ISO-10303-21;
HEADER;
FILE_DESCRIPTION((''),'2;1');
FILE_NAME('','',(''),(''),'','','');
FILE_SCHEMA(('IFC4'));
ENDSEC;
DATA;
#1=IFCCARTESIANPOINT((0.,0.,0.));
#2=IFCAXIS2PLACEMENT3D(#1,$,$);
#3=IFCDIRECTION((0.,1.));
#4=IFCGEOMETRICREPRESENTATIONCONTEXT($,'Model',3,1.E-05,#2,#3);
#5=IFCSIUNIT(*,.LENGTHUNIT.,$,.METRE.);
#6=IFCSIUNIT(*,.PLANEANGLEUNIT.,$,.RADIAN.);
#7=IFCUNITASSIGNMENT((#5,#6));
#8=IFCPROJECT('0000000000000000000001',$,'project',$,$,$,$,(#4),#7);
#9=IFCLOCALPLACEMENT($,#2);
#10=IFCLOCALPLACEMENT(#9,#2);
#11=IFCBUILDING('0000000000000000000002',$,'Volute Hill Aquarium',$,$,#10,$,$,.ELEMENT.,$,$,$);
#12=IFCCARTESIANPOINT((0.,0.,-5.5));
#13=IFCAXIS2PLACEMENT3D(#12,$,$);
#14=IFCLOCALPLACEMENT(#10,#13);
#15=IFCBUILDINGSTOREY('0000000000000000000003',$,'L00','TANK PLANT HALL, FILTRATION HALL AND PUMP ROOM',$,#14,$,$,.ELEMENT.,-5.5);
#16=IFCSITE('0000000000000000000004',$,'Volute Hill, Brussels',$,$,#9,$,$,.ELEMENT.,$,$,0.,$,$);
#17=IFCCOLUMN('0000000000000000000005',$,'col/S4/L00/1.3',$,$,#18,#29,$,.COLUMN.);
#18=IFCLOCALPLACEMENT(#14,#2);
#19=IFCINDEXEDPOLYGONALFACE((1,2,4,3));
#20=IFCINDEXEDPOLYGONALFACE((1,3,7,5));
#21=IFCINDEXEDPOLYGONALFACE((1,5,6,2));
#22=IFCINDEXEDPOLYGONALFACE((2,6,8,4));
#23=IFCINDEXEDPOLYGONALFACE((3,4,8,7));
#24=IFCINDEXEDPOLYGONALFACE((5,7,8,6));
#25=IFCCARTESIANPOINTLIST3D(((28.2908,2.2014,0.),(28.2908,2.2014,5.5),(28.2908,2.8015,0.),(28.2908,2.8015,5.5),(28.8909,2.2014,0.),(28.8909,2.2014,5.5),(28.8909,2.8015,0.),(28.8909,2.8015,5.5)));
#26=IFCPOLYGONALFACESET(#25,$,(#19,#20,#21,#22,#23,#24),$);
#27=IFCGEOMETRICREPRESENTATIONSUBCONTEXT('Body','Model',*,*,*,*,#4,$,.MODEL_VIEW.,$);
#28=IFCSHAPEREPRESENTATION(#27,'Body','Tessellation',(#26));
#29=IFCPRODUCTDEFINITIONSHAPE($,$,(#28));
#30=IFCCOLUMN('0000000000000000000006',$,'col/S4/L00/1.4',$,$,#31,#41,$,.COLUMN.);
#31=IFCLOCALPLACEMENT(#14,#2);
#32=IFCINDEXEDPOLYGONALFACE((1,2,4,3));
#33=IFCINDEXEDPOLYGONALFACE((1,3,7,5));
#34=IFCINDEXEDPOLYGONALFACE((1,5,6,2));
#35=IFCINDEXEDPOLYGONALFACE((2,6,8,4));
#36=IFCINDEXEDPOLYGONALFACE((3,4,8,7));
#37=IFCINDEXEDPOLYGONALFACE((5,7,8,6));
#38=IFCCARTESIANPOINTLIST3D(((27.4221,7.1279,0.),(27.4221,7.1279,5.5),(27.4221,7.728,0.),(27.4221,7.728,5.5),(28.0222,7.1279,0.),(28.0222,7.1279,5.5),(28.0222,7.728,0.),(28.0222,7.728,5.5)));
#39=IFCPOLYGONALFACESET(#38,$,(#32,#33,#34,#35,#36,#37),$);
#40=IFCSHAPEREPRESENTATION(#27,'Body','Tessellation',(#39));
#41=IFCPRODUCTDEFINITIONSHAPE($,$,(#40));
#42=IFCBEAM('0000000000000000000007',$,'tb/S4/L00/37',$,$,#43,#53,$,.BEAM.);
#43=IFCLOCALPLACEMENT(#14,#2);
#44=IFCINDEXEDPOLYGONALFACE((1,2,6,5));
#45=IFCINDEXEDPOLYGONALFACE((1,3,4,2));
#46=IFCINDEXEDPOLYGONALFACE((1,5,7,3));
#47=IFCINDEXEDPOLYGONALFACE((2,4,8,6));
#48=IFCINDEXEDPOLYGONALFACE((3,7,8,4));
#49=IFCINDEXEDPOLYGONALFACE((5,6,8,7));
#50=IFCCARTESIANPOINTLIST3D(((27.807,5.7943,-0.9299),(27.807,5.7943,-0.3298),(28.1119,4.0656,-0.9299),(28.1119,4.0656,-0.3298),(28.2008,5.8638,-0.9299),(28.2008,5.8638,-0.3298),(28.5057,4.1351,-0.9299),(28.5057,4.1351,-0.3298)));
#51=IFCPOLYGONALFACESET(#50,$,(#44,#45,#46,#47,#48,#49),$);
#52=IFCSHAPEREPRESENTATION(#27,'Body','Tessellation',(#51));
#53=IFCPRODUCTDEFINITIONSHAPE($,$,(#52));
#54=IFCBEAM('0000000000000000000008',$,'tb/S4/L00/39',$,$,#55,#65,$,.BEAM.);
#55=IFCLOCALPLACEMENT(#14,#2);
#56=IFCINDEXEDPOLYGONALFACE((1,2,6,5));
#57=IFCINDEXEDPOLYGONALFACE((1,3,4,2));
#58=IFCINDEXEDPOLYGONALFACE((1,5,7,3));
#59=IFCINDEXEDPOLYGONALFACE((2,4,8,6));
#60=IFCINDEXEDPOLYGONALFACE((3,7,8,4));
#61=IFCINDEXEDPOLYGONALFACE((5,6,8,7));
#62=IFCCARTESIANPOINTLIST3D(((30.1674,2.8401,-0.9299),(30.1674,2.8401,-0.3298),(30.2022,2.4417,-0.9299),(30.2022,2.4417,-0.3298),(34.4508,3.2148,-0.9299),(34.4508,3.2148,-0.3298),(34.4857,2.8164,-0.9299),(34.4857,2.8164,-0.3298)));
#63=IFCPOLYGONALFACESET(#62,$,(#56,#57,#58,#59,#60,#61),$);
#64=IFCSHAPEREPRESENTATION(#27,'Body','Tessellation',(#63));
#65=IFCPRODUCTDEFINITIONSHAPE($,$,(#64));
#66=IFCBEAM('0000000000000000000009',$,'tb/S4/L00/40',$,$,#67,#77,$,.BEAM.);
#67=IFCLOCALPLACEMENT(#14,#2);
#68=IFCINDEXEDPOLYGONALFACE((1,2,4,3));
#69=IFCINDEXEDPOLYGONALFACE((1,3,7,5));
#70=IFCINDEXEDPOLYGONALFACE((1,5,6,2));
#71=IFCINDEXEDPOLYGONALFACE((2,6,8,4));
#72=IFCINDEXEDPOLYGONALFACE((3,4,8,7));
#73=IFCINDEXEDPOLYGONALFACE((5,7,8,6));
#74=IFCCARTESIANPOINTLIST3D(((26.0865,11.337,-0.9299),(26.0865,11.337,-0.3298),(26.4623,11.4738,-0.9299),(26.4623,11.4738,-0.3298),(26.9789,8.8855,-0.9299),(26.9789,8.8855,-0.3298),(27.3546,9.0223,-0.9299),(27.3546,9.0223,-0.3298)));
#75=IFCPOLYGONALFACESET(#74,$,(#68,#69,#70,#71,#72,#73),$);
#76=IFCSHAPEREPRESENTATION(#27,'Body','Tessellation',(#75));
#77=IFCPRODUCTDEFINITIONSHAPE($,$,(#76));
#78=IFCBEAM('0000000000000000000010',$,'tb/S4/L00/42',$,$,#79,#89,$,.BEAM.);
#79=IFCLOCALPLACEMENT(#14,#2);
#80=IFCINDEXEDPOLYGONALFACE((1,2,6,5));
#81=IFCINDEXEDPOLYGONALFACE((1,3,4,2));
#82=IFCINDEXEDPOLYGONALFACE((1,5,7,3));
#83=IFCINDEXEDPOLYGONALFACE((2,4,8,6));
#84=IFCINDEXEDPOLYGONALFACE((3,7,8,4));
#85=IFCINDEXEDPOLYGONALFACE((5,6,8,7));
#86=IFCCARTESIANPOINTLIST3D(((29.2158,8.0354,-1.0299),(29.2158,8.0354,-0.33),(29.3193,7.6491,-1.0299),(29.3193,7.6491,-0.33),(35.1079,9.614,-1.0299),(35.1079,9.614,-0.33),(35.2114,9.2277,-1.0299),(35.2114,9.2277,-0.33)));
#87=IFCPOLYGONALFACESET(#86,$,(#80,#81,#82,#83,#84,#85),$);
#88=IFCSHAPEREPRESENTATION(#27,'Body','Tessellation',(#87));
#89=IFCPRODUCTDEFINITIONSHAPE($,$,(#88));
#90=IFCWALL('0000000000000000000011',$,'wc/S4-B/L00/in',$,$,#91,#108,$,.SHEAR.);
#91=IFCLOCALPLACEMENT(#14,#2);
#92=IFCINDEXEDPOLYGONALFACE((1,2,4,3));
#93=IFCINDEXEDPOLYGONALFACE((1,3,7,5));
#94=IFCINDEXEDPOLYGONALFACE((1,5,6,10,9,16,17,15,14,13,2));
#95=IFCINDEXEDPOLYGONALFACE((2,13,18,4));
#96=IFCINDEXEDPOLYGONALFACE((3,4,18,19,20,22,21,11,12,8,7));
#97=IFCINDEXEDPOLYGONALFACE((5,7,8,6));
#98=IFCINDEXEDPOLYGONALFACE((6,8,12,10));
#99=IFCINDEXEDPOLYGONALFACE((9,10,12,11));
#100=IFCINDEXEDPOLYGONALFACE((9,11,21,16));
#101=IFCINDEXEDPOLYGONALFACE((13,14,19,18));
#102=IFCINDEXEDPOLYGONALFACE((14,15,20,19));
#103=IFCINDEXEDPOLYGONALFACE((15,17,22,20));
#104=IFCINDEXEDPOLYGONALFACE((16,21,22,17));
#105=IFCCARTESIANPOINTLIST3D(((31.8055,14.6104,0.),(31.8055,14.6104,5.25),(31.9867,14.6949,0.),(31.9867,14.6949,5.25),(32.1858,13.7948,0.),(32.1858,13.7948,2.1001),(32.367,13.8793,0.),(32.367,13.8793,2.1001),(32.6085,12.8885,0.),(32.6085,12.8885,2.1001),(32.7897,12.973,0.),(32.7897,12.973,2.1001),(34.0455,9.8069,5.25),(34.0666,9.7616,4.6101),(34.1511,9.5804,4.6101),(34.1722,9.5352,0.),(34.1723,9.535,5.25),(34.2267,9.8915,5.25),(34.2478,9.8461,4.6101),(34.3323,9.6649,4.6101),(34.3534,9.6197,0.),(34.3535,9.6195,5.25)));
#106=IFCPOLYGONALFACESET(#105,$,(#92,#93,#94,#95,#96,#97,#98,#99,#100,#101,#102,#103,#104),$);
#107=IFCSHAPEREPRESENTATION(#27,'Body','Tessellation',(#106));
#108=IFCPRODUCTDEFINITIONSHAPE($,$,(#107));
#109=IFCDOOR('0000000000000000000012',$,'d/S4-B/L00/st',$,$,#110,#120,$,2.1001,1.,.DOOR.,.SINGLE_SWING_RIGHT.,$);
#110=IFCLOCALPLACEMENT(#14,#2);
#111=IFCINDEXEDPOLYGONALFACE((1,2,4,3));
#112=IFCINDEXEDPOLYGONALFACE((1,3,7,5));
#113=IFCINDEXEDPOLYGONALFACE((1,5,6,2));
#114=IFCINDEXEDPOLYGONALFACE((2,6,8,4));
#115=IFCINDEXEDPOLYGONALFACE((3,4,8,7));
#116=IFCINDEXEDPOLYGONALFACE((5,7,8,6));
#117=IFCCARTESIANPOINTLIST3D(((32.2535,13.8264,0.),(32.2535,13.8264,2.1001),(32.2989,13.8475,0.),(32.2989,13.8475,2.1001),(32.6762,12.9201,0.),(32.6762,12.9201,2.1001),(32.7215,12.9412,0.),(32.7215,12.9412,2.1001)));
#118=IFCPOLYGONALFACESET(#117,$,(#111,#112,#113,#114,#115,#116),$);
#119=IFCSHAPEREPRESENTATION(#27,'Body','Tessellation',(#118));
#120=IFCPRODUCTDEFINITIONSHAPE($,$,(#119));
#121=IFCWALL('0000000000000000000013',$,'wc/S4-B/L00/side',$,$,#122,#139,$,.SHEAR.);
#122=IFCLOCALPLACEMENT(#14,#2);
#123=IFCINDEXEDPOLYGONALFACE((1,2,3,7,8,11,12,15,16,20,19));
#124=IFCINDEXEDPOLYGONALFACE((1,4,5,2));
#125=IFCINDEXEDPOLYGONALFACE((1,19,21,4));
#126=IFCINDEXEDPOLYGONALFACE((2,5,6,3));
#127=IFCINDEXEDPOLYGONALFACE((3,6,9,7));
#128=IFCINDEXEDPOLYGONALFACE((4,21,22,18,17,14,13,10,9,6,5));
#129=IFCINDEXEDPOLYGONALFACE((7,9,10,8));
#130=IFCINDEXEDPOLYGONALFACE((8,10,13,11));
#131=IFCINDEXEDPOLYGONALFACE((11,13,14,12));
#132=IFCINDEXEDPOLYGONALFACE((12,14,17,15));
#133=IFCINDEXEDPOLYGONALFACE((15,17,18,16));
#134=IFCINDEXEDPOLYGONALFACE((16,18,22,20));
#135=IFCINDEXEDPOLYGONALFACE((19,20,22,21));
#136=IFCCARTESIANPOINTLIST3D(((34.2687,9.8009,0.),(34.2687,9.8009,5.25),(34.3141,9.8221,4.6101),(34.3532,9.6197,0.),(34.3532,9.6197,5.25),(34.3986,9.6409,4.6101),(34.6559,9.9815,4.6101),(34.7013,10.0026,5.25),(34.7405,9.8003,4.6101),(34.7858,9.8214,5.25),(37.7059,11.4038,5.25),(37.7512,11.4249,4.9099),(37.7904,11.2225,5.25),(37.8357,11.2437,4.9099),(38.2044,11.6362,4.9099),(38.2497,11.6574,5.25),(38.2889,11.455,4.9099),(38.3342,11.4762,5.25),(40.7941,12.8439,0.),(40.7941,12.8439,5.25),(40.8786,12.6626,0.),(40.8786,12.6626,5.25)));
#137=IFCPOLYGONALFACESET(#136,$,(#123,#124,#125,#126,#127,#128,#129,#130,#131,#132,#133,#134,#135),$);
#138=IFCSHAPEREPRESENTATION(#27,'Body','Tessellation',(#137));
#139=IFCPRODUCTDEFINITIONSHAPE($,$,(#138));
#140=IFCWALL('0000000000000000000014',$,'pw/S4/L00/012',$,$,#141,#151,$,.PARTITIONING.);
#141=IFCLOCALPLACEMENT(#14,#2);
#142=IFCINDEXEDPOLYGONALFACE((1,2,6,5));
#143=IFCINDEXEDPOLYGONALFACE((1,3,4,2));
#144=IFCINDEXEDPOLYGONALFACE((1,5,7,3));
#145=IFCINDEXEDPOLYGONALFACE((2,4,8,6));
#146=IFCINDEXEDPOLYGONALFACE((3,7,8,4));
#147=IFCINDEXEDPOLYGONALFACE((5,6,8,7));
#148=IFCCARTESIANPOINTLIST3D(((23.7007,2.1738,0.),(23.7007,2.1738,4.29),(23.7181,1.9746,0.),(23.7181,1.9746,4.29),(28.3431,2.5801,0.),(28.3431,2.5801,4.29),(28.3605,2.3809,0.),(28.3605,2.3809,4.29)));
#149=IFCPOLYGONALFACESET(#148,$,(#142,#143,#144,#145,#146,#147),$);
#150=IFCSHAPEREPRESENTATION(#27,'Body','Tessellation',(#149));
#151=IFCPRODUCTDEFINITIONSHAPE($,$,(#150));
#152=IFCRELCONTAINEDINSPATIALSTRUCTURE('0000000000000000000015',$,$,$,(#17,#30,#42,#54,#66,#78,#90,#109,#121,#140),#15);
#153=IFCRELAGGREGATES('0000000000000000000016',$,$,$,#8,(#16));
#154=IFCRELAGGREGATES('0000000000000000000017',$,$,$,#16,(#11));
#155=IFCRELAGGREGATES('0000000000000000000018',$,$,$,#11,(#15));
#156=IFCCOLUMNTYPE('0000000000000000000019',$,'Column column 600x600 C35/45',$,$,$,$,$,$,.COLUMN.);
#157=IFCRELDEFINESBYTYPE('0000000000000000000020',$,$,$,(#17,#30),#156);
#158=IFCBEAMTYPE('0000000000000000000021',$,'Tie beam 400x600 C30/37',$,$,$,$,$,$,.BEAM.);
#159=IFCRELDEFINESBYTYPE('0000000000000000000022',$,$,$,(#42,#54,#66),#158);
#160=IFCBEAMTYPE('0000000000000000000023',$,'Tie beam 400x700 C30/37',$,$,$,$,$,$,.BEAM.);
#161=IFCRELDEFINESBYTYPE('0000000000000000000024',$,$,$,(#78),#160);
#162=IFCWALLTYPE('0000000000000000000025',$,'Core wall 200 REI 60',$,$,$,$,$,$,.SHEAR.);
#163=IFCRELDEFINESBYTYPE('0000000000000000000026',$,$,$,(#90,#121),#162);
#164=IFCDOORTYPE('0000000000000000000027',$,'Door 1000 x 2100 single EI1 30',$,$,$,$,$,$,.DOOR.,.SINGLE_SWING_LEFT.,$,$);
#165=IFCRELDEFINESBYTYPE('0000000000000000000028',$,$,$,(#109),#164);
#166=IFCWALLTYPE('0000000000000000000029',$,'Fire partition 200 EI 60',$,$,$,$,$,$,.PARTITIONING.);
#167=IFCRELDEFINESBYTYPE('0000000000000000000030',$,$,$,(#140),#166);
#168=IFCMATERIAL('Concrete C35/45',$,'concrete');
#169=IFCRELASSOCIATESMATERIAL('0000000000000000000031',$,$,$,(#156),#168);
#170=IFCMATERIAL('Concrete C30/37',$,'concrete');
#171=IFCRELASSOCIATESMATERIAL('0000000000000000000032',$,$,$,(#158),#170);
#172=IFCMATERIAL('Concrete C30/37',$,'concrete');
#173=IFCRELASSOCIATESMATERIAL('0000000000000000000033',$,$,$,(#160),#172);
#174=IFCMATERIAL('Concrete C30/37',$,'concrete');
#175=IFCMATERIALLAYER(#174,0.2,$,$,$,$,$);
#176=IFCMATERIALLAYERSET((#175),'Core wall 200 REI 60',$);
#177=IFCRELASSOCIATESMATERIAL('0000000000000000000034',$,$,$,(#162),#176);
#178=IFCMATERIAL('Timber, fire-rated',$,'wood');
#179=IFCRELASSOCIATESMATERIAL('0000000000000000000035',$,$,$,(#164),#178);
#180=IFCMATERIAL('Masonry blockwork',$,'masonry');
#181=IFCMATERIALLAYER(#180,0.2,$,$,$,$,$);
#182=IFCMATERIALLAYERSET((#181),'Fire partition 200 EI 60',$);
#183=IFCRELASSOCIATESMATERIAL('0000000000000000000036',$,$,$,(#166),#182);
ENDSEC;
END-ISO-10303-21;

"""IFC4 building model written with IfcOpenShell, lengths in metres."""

from ifc_helpers import new_model, si_unit, direction, frame, frame_2d, origin, origin_2d, place, context, subcontext, project, spatial, polyline, rectangle, outline, extrude, material, layer, layer_set, material_profile, profile_set, type_object, element, fill, save


model = new_model("IFC4")

# Units and contexts
model_context = context("Model", 3, precision=1e-05, world=origin(), true_north=direction((0.0, 1.0)))
body_context = subcontext(model_context, "Body", "Model", "MODEL_VIEW")
ifc_project = project(units=[si_unit("LENGTHUNIT", "METRE"), si_unit("PLANEANGLEUNIT", "RADIAN")], contexts=[model_context])

# Site, building, storey
site_placement = place(None, origin())
site = spatial("IfcSite", under=ifc_project, at=site_placement, Name="Volute Hill, Brussels", CompositionType="ELEMENT", RefElevation=0.0)
building_placement = place(site_placement, origin())
building = spatial("IfcBuilding", under=site, at=building_placement, Name="Volute Hill Aquarium", CompositionType="ELEMENT")
storey_placement = place(building_placement, frame((0.0, 0.0, -5.5)))
storey = spatial("IfcBuildingStorey", under=building, at=storey_placement, Name="L00", Description="TANK PLANT HALL, FILTRATION HALL AND PUMP ROOM", CompositionType="ELEMENT", Elevation=-5.5)

# Columns
ifc_material_1 = material(Name="Concrete C35/45", Category="concrete")
ifc_material_profile_1 = material_profile(ifc_material_1, rectangle(XDim=0.6001, YDim=0.6001, at=origin_2d()), Name="RC column 600x600")
ifc_profile_set_1 = profile_set([ifc_material_profile_1], Name="Concrete C35/45")
column_type = type_object("IfcColumnType", Name="Column column 600x600 C35/45", PredefinedType="COLUMN", material=ifc_profile_set_1)
for number, where, z_axis, x_axis, name in (
    (1, (28.5908, 2.5015, 0.0), (0.0, 0.0, 1.0), (1.0, 0.0, 0.0), "col/S4/L00/1.3"),
    (2, (27.7222, 7.428, 0.0), (0.0, 0.0, 1.0), (1.0, 0.0, 0.0), "col/S4/L00/1.4"),
):
    element("IfcColumn", number, at=place(storey_placement, frame(where, z_axis=z_axis, x_axis=x_axis)), inside=storey, type_object=column_type, Name=name, PredefinedType="COLUMN", context=body_context, shape_type="SweptSolid", body=[
        extrude(rectangle(XDim=0.6001, YDim=0.6001, at=origin_2d()), origin(), (0.0, 0.0, 1.0), 5.5),
    ])

# Beams
ifc_material_2 = material(Name="Concrete C30/37", Category="concrete")
ifc_material_profile_2 = material_profile(ifc_material_2, rectangle(XDim=0.3999, YDim=0.6001, at=origin_2d()), Name="RC tie beam 400x600")
ifc_profile_set_2 = profile_set([ifc_material_profile_2], Name="Concrete C30/37")
beam_type_1 = type_object("IfcBeamType", Name="Tie beam 400x600 C30/37", PredefinedType="BEAM", material=ifc_profile_set_2)
beam_1_placement = place(storey_placement, frame((28.3088, 4.1003, -0.6299), z_axis=(-0.173706, 0.984798, 0.0), x_axis=(-0.984798, -0.173706, 0.0)))
element("IfcBeam", 3, at=beam_1_placement, inside=storey, type_object=beam_type_1, Name="tb/S4/L00/37", PredefinedType="BEAM", context=body_context, shape_type="SweptSolid", body=[
    extrude(rectangle(XDim=0.3999, YDim=0.6001, at=origin_2d()), origin(), (0.0, 0.0, 1.0), 1.7554),
])
beam_2_placement = place(storey_placement, frame((30.1848, 2.6409, -0.6299), z_axis=(0.996195, 0.087156, 0.0), x_axis=(-0.087156, 0.996195, 0.0)))
element("IfcBeam", 4, at=beam_2_placement, inside=storey, type_object=beam_type_1, Name="tb/S4/L00/39", PredefinedType="BEAM", context=body_context, shape_type="SweptSolid", body=[
    extrude(rectangle(XDim=0.3999, YDim=0.6001, at=origin_2d()), origin(), (0.0, 0.0, 1.0), 4.2998),
])
beam_3_placement = place(storey_placement, frame((27.1667, 8.9539, -0.6299), z_axis=(-0.342051, 0.939681, 0.0), x_axis=(-0.939681, -0.342051, 0.0)))
element("IfcBeam", 5, at=beam_3_placement, inside=storey, type_object=beam_type_1, Name="tb/S4/L00/40", PredefinedType="BEAM", context=body_context, shape_type="SweptSolid", body=[
    extrude(rectangle(XDim=0.3999, YDim=0.6001, at=origin_2d()), origin(), (0.0, 0.0, 1.0), 2.6089),
])
ifc_material_3 = material(Name="Concrete C30/37", Category="concrete")
ifc_material_profile_3 = material_profile(ifc_material_3, rectangle(XDim=0.3999, YDim=0.7, at=origin_2d()), Name="RC tie beam 400x700")
ifc_profile_set_3 = profile_set([ifc_material_profile_3], Name="Concrete C30/37")
beam_type_2 = type_object("IfcBeamType", Name="Tie beam 400x700 C30/37", PredefinedType="BEAM", material=ifc_profile_set_3)
beam_4_placement = place(storey_placement, frame((29.2676, 7.8423, -0.6799), z_axis=(0.965933, 0.258793, 0.0), x_axis=(-0.258793, 0.965933, 0.0)))
element("IfcBeam", 6, at=beam_4_placement, inside=storey, type_object=beam_type_2, Name="tb/S4/L00/42", PredefinedType="BEAM", context=body_context, shape_type="SweptSolid", body=[
    extrude(rectangle(XDim=0.3999, YDim=0.7, at=origin_2d()), origin(), (0.0, 0.0, 1.0), 6.0999),
])

# Wall, opening, door
ifc_material_4 = material(Name="Concrete C30/37", Category="concrete")
ifc_layer_1 = layer(ifc_material_4, 0.2)
ifc_layer_set_1 = layer_set([ifc_layer_1], Name="Core wall 200 REI 60")
wall_type_1 = type_object("IfcWallType", Name="Core wall 200 REI 60", PredefinedType="SHEAR", material=ifc_layer_set_1)
wall_1_placement = place(storey_placement, frame((31.896, 14.6526, 0.0), z_axis=(0.0, 0.0, 1.0), x_axis=(0.422632, -0.906301, 0.0)))
wall_1 = element("IfcWall", 7, at=wall_1_placement, inside=storey, type_object=wall_type_1, Name="wc/S4-B/L00/in", PredefinedType="SHEAR", context=body_context, shape_type="SweptSolid", body=[
    extrude(outline(polyline([(0.0, 0.0), (5.5999, 0.0), (5.6001, 5.25), (5.55, 4.6101), (5.3501, 4.6101), (5.3, 5.25), (0.0, 5.25), (0.0, 0.0)])), frame((0.0, 0.1001, 0.0), z_axis=(0.0, -1.0, 0.0), x_axis=(1.0, 0.0, 0.0)), (0.0, 0.0, 1.0), 0.2),
])
opening_1_placement = place(wall_1_placement, frame((0.8999, 0.0, 0.0)))
opening_1 = element("IfcOpeningElement", 8, at=opening_1_placement, cuts=wall_1, PredefinedType="OPENING", context=body_context, shape_type="SweptSolid", body=[
    extrude(rectangle(XDim=1.0, YDim=2.1001, at=frame_2d((0.5, 1.05))), frame((0.0, 0.1099, 0.0), z_axis=(0.0, -1.0, 0.0), x_axis=(1.0, 0.0, 0.0)), (0.0, 0.0, 1.0), 0.22),
])
ifc_material_5 = material(Name="Timber, fire-rated", Category="wood")
door_type_1 = type_object("IfcDoorType", Name="Door 1000 x 2100 single EI1 30", OperationType="SINGLE_SWING_LEFT", PredefinedType="DOOR", material=ifc_material_5)
door_1_placement = place(opening_1_placement, origin())
door_1 = element("IfcDoor", 9, at=door_1_placement, inside=storey, type_object=door_type_1, Name="d/S4-B/L00/st", OperationType="SINGLE_SWING_RIGHT", OverallHeight=2.1001, OverallWidth=1.0, PredefinedType="DOOR", context=body_context, shape_type="SweptSolid", body=[
    extrude(rectangle(XDim=1.0, YDim=2.1001, at=frame_2d((0.5, 1.05))), frame((0.0, 0.0249, 0.0), z_axis=(0.0, -1.0, 0.0), x_axis=(1.0, 0.0, 0.0)), (0.0, 0.0, 1.0), 0.05),
])
fill(opening_1, door_1)

# Walls
wall_2_placement = place(storey_placement, frame((34.311, 9.7102, 0.0), z_axis=(0.0, 0.0, 1.0), x_axis=(0.906301, 0.422633, 0.0)))
element("IfcWall", 10, at=wall_2_placement, inside=storey, type_object=wall_type_1, Name="wc/S4-B/L00/side", PredefinedType="SHEAR", context=body_context, shape_type="SweptSolid", body=[
    extrude(outline(polyline([(0.0, 0.0), (7.2, 0.0), (7.2, 5.25), (4.3926, 5.25), (4.3425, 4.9099), (3.8425, 4.9099), (3.7925, 5.25), (0.4773, 5.25), (0.4272, 4.6101), (0.05, 4.6101), (0.0, 5.25), (0.0, 0.0)])), frame((0.0, 0.1001, 0.0), z_axis=(0.0, -1.0, 0.0), x_axis=(1.0, 0.0, 0.0)), (0.0, 0.0, 1.0), 0.2),
])
ifc_material_6 = material(Name="Masonry blockwork", Category="masonry")
ifc_layer_2 = layer(ifc_material_6, 0.2)
ifc_layer_set_2 = layer_set([ifc_layer_2], Name="Fire partition 200 EI 60")
wall_type_2 = type_object("IfcWallType", Name="Fire partition 200 EI 60", PredefinedType="PARTITIONING", material=ifc_layer_set_2)
wall_3_placement = place(storey_placement, frame((28.3518, 2.4805, 0.0), z_axis=(0.0, 0.0, 1.0), x_axis=(-0.996193, -0.087177, 0.0)))
element("IfcWall", 11, at=wall_3_placement, inside=storey, type_object=wall_type_2, Name="pw/S4/L00/012", PredefinedType="PARTITIONING", context=body_context, shape_type="SweptSolid", body=[
    extrude(rectangle(XDim=4.6602, YDim=0.2, at=frame_2d((2.3301, 0.0))), origin(), (0.0, 0.0, 1.0), 4.29),
])

save(model, "model.ifc")
